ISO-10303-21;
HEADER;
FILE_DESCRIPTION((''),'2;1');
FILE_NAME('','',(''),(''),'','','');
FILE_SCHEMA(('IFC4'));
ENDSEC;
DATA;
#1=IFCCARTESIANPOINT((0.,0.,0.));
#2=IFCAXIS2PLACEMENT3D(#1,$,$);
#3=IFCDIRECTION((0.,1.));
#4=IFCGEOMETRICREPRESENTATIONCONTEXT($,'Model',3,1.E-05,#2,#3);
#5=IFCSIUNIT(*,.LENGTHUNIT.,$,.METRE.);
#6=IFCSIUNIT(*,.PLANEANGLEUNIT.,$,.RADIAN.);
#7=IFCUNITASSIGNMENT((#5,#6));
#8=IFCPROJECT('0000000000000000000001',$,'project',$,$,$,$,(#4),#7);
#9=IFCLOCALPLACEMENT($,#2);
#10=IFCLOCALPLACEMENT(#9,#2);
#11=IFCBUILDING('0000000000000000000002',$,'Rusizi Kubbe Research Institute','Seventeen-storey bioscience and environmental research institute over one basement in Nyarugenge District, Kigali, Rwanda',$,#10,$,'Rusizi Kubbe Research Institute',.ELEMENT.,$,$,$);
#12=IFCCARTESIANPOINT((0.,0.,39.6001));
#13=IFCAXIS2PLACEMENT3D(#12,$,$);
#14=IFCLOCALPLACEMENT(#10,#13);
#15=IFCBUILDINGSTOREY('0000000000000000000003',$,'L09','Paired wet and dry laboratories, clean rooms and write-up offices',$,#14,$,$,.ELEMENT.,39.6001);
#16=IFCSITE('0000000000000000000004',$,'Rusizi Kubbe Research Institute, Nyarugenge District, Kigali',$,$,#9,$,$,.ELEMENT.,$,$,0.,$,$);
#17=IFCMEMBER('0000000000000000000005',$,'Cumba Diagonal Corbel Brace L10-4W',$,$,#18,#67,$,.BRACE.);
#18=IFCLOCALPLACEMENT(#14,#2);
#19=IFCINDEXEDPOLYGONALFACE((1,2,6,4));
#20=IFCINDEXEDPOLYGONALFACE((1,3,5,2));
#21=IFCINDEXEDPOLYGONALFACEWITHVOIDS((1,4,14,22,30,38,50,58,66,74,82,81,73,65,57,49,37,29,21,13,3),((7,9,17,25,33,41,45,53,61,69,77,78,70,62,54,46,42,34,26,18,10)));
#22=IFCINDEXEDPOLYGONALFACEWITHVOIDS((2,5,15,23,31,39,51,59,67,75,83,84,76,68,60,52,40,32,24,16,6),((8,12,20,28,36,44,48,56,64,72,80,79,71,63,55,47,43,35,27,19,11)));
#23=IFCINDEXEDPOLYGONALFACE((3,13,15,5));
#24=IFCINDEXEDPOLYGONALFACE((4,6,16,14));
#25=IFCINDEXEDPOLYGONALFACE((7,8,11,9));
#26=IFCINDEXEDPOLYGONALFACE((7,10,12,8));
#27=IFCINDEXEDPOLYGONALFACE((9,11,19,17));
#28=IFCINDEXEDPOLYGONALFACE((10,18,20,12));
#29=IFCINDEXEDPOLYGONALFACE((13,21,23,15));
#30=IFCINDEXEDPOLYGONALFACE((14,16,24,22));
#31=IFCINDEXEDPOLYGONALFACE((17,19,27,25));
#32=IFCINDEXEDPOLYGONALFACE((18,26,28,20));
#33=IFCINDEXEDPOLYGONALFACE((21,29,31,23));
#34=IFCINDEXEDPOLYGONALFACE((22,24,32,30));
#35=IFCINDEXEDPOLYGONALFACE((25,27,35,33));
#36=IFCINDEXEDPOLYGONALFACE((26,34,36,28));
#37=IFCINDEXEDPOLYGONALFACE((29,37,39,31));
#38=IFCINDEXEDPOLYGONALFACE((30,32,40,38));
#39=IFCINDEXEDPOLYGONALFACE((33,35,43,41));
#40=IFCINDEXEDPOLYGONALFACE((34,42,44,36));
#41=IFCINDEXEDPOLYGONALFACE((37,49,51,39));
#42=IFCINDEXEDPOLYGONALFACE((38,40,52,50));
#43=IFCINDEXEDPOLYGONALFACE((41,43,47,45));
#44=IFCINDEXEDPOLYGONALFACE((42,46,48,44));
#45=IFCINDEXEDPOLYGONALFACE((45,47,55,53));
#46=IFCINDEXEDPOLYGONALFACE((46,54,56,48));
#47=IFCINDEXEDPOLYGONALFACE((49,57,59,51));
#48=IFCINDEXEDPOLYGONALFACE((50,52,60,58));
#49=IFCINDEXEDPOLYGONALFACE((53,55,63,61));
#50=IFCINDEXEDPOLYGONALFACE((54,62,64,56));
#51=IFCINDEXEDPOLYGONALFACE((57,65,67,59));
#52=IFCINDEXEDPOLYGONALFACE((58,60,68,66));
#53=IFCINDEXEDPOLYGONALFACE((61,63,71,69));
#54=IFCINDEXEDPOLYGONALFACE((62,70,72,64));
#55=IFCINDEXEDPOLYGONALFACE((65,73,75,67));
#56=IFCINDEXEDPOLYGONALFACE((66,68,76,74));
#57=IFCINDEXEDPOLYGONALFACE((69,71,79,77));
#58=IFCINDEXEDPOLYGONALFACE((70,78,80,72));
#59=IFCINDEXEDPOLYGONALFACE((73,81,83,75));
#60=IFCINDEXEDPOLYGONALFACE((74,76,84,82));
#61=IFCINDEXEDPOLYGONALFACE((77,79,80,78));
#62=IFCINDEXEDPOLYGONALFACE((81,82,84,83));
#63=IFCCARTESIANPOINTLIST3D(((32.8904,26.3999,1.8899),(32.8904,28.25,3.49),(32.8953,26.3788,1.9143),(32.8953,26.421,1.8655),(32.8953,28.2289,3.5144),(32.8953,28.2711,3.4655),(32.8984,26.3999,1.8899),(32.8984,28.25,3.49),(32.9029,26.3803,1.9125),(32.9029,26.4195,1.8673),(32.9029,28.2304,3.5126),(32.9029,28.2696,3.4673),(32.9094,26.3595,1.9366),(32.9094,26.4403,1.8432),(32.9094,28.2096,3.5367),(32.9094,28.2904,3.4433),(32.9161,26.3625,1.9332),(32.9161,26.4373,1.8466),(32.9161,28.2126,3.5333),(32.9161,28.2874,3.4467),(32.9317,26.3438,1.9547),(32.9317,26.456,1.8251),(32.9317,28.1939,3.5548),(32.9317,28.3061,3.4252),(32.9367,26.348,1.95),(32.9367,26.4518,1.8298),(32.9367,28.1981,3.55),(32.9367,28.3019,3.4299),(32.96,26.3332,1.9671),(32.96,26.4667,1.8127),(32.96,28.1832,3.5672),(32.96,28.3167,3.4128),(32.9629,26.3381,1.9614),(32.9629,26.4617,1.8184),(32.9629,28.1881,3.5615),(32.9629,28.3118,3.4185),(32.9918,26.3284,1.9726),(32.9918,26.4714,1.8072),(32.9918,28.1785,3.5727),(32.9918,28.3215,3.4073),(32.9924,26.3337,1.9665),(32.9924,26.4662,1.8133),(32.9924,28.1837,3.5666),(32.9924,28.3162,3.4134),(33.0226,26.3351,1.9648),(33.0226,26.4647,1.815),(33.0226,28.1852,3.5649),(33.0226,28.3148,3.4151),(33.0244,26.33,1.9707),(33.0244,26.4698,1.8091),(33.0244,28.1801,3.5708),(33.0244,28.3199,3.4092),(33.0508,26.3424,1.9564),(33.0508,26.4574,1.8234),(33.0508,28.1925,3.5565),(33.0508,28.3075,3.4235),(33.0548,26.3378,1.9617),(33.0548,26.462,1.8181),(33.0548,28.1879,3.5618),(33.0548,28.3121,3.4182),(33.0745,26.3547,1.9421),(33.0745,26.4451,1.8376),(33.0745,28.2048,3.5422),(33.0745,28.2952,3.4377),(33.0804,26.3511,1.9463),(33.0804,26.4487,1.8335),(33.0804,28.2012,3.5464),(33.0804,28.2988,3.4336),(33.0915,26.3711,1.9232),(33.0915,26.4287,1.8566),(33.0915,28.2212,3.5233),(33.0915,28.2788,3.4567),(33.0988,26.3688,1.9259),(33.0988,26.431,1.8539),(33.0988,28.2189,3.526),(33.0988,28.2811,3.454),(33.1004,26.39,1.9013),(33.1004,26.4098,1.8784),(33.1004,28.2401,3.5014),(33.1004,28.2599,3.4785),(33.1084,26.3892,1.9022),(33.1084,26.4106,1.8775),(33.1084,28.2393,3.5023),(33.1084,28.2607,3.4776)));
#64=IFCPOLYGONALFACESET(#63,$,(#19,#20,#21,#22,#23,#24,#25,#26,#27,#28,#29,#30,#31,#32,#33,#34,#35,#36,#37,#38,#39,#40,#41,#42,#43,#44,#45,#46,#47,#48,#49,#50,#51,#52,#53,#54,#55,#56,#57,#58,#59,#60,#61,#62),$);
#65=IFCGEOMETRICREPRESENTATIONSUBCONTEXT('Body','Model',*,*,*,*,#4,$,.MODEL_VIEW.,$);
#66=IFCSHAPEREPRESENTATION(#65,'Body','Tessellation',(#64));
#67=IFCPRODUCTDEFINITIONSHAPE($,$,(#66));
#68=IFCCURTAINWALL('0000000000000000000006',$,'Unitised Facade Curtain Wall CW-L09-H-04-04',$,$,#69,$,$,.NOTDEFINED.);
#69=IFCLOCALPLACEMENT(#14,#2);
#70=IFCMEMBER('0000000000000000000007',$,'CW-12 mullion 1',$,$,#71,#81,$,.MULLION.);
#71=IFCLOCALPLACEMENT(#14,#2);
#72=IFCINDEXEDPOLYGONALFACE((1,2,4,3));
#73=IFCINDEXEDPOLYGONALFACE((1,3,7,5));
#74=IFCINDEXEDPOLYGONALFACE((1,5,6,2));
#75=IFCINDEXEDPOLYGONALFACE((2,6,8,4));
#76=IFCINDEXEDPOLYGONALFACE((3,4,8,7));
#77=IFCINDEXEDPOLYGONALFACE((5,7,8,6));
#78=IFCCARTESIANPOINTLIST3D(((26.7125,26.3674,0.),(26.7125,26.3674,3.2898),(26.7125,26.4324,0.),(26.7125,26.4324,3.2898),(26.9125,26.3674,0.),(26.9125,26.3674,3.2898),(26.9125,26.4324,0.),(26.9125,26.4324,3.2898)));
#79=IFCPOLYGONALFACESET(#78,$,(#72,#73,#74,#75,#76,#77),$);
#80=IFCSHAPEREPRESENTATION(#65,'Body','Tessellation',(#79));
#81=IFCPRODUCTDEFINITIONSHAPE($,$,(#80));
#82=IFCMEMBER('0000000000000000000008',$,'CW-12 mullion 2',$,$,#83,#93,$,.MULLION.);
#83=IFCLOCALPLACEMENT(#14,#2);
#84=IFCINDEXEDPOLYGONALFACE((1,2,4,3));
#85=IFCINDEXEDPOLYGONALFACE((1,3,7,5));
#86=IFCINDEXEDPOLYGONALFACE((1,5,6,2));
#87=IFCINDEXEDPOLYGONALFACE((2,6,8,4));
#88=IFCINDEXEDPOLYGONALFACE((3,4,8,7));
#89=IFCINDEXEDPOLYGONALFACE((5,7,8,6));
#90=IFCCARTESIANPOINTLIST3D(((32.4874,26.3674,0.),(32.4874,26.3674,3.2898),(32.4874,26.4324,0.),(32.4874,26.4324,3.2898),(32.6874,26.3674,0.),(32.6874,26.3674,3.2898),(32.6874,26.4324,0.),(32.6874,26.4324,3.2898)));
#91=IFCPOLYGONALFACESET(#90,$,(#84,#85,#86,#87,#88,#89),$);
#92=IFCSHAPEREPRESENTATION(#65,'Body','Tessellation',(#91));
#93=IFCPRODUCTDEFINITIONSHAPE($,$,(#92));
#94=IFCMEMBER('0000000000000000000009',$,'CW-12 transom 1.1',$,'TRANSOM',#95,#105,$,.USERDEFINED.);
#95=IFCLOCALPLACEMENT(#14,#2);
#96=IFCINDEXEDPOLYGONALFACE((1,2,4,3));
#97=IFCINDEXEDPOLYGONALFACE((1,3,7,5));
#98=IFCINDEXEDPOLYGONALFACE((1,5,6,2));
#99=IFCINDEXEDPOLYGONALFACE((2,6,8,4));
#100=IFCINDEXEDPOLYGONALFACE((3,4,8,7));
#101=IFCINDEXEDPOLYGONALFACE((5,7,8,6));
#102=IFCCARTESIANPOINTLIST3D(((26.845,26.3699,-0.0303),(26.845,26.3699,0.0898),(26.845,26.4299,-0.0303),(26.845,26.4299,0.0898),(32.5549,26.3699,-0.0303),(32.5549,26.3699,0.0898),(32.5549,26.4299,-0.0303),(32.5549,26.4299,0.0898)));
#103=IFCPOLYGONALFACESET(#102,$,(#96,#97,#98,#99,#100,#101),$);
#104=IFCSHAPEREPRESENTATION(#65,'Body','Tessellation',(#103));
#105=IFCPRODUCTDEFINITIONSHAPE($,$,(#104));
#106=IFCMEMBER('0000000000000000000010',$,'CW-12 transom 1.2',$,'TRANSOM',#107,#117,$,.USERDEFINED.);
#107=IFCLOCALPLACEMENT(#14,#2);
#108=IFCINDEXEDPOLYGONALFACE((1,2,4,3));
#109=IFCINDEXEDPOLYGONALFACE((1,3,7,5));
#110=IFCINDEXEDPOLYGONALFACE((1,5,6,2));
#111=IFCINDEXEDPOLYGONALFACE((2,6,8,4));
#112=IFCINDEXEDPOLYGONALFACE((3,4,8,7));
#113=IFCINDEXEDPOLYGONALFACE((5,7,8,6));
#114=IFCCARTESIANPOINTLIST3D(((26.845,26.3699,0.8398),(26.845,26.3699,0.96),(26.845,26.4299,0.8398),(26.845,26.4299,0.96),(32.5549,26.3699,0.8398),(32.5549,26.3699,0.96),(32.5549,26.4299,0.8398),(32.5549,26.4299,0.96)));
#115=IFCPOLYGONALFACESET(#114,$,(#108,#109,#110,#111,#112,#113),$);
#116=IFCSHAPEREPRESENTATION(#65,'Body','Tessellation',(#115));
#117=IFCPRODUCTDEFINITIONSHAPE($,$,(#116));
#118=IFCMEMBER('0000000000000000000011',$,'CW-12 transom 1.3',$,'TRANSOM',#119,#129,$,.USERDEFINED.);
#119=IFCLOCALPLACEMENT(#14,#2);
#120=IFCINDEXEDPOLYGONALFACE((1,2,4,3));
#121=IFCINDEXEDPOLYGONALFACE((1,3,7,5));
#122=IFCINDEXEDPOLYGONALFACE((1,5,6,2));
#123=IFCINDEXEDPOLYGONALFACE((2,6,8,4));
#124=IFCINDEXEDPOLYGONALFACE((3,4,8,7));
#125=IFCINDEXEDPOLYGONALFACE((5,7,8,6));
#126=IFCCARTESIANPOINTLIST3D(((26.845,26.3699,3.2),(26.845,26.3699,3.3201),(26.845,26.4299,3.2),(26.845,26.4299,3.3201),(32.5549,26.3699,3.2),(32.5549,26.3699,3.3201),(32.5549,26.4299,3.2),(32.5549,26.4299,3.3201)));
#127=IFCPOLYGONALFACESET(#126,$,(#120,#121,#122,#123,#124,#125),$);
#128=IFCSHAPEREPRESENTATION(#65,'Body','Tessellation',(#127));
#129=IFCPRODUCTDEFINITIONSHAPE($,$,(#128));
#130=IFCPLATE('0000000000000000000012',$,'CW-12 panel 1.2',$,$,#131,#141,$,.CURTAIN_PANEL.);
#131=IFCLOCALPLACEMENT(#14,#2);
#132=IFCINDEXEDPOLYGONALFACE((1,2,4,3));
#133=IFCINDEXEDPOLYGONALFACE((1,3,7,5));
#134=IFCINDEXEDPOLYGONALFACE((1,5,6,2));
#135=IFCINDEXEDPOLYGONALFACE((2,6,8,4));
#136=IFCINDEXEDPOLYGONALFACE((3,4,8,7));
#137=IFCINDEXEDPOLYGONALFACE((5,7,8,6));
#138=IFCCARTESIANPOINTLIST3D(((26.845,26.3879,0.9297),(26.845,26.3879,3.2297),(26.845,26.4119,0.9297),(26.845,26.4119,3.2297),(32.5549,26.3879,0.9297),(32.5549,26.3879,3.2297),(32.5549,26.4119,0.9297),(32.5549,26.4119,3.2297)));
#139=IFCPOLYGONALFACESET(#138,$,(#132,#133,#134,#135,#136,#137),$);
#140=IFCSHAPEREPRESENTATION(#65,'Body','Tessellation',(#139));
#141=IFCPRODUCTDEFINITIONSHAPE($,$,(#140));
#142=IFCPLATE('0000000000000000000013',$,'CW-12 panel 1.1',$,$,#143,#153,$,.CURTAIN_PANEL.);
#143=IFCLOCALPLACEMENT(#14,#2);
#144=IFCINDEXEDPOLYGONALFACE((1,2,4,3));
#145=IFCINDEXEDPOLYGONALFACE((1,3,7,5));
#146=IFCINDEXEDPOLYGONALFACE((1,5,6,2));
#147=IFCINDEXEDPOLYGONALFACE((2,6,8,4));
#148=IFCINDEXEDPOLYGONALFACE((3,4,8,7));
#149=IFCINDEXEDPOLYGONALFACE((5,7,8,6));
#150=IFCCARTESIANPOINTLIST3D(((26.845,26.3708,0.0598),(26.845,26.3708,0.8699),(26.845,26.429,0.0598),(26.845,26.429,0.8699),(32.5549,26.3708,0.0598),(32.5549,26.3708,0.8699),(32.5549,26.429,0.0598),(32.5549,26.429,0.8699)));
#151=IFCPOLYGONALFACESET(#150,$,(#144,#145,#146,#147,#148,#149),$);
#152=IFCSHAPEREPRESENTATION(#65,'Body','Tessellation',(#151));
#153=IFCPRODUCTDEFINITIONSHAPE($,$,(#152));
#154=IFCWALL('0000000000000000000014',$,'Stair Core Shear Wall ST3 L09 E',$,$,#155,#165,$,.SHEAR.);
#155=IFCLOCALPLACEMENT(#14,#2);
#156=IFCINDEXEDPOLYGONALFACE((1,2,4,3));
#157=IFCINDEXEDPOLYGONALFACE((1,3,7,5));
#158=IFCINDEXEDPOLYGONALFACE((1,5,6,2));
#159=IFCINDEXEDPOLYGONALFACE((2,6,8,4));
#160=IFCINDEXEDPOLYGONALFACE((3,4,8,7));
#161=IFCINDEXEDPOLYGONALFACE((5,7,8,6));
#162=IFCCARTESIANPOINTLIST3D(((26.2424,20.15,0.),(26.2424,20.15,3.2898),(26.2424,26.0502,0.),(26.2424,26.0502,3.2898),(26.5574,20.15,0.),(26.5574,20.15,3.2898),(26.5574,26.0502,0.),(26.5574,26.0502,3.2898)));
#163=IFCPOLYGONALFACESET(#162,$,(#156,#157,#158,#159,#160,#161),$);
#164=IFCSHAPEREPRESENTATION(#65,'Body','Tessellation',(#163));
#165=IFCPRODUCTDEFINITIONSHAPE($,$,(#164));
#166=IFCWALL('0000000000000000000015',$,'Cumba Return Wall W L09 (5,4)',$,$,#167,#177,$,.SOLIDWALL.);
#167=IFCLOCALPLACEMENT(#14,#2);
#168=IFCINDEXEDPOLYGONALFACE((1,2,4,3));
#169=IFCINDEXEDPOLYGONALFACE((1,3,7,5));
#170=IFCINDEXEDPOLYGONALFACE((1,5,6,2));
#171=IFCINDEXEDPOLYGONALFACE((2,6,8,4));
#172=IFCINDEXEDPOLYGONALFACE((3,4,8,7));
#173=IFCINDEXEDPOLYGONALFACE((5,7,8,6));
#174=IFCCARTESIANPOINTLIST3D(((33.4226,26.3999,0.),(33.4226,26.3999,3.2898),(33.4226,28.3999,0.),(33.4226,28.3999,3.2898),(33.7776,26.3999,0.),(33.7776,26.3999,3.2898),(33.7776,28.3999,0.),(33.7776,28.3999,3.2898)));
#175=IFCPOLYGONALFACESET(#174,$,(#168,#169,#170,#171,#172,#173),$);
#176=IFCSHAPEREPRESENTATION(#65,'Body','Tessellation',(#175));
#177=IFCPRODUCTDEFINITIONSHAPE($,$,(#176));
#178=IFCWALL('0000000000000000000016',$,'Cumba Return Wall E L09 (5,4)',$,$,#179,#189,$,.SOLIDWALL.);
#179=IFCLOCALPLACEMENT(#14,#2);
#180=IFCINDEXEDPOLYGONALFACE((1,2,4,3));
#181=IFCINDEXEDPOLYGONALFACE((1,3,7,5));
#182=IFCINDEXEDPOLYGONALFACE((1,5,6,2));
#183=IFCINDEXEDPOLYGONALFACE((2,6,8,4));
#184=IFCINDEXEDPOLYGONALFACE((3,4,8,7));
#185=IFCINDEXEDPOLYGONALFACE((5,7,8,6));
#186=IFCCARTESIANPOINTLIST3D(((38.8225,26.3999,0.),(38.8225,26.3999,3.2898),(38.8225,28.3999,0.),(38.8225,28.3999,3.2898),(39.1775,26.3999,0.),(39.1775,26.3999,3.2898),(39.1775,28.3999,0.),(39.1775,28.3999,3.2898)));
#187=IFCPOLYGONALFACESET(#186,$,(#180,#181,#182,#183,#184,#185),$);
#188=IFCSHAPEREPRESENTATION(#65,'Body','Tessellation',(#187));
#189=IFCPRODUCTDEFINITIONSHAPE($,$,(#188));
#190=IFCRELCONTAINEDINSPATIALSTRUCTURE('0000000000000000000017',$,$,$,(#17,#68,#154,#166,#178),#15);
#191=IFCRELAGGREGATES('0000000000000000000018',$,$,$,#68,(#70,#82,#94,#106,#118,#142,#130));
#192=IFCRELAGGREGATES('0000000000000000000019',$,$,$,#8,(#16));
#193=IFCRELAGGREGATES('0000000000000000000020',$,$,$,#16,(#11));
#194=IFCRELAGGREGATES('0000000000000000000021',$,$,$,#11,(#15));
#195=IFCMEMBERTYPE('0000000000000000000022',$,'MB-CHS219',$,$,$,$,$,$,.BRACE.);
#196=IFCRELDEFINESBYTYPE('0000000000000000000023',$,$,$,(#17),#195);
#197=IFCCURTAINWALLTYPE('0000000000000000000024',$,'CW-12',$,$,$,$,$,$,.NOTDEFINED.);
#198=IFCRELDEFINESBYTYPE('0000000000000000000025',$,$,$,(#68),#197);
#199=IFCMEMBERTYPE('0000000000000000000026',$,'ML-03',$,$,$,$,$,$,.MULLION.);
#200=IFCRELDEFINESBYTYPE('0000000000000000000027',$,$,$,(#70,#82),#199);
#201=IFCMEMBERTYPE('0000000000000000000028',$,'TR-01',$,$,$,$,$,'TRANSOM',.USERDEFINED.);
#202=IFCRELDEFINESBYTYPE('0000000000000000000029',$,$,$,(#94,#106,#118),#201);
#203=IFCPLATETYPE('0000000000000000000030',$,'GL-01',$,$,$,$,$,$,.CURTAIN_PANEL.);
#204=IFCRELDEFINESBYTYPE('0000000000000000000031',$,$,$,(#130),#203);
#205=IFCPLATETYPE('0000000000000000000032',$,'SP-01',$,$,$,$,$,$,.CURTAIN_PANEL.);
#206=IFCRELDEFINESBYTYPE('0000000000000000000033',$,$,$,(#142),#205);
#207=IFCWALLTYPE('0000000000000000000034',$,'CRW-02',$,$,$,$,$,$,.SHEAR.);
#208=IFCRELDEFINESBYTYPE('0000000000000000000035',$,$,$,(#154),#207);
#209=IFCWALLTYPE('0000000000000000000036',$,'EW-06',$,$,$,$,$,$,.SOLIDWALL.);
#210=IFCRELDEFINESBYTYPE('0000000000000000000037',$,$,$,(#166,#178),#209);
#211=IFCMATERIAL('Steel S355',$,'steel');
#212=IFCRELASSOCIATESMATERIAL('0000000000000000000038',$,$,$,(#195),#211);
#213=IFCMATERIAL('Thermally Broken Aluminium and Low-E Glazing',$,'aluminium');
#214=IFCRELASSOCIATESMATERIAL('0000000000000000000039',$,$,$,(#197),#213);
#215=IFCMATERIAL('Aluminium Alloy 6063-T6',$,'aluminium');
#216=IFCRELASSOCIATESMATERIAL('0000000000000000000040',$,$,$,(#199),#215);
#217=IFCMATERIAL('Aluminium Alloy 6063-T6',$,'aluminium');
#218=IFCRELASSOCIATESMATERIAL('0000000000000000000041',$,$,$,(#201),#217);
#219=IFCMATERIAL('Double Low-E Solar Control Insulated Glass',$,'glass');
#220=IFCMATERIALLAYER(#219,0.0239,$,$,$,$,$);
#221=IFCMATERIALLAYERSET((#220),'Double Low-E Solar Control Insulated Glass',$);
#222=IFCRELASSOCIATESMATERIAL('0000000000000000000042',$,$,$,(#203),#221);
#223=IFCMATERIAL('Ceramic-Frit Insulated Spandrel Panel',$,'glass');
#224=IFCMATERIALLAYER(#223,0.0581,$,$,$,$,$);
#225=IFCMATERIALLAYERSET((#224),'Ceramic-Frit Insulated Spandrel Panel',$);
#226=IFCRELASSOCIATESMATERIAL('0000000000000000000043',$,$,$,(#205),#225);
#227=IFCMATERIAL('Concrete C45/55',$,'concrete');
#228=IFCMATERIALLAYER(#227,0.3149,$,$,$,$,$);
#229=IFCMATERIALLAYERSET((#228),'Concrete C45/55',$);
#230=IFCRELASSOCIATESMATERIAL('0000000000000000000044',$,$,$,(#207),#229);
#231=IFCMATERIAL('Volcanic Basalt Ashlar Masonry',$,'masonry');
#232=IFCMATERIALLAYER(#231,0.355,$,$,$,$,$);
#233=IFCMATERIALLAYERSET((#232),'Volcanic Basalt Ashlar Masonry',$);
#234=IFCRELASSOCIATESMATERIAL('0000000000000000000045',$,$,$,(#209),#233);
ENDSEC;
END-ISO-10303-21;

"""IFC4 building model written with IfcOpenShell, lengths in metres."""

from ifc_helpers import new_model, si_unit, direction, frame, frame_2d, origin, origin_2d, place, context, subcontext, project, spatial, rectangle, hollow_circle, extrude, material, layer, layer_set, material_profile, profile_set, type_object, element, aggregate, save


model = new_model("IFC4")

# Units and contexts
model_context = context("Model", 3, precision=1e-05, world=origin(), true_north=direction((0.0, 1.0)))
body_context = subcontext(model_context, "Body", "Model", "MODEL_VIEW")
ifc_project = project(units=[si_unit("LENGTHUNIT", "METRE"), si_unit("PLANEANGLEUNIT", "RADIAN")], contexts=[model_context])

# Site, building, storey
site_placement = place(None, origin())
site = spatial("IfcSite", under=ifc_project, at=site_placement, Name="Rusizi Kubbe Research Institute, Nyarugenge District, Kigali", CompositionType="ELEMENT", RefElevation=0.0)
building_placement = place(site_placement, origin())
building = spatial("IfcBuilding", under=site, at=building_placement, Name="Rusizi Kubbe Research Institute", Description="Seventeen-storey bioscience and environmental research institute over one basement in Nyarugenge District, Kigali, Rwanda", LongName="Rusizi Kubbe Research Institute", CompositionType="ELEMENT")
storey_placement = place(building_placement, frame((0.0, 0.0, 39.6001)))
storey = spatial("IfcBuildingStorey", under=building, at=storey_placement, Name="L09", Description="Paired wet and dry laboratories, clean rooms and write-up offices", CompositionType="ELEMENT", Elevation=39.6001)

# Member
ifc_material_1 = material(Name="Steel S355", Category="steel")
ifc_material_profile_1 = material_profile(ifc_material_1, hollow_circle(Radius=0.1096, WallThickness=0.0081, at=origin_2d()), Name="CHS 219.1x8.0")
ifc_profile_set_1 = profile_set([ifc_material_profile_1], Name="Steel S355")
member_type_1 = type_object("IfcMemberType", Name="MB-CHS219", PredefinedType="BRACE", material=ifc_profile_set_1)
member_1_placement = place(storey_placement, frame((33.0, 26.3999, 1.8899), z_axis=(0.0, 0.756361, 0.654155), x_axis=(-1.0, 0.0, 0.0)))
element("IfcMember", 1, at=member_1_placement, inside=storey, type_object=member_type_1, Name="Cumba Diagonal Corbel Brace L10-4W", PredefinedType="BRACE", context=body_context, shape_type="SweptSolid", body=[
    extrude(hollow_circle(Radius=0.1096, WallThickness=0.0081, at=origin_2d()), origin(), (0.0, 0.0, 1.0), 2.446),
])

# Curtain wall, members, plates
ifc_material_2 = material(Name="Thermally Broken Aluminium and Low-E Glazing", Category="aluminium")
curtain_wall_type = type_object("IfcCurtainWallType", Name="CW-12", PredefinedType="NOTDEFINED", material=ifc_material_2)
curtain_wall_placement = place(storey_placement, origin())
curtain_wall = element("IfcCurtainWall", 2, at=curtain_wall_placement, inside=storey, type_object=curtain_wall_type, Name="Unitised Facade Curtain Wall CW-L09-H-04-04", PredefinedType="NOTDEFINED")
ifc_material_3 = material(Name="Aluminium Alloy 6063-T6", Category="aluminium")
ifc_material_profile_2 = material_profile(ifc_material_3, rectangle(XDim=0.0649, YDim=0.2, at=origin_2d()), Name="ALU-M 65x200")
ifc_profile_set_2 = profile_set([ifc_material_profile_2], Name="Aluminium Alloy 6063-T6")
member_type_2 = type_object("IfcMemberType", Name="ML-03", PredefinedType="MULLION", material=ifc_profile_set_2)
member_2_placement = place(storey_placement, frame((26.8125, 26.3999, 0.0), z_axis=(0.0, 0.0, 1.0), x_axis=(0.0, 1.0, 0.0)))
member_2 = element("IfcMember", 3, at=member_2_placement, type_object=member_type_2, Name="CW-12 mullion 1", PredefinedType="MULLION", context=body_context, shape_type="SweptSolid", body=[
    extrude(rectangle(XDim=0.0649, YDim=0.2, at=origin_2d()), origin(), (0.0, 0.0, 1.0), 3.2898),
])
member_3_placement = place(storey_placement, frame((32.5874, 26.3999, 0.0), z_axis=(0.0, 0.0, 1.0), x_axis=(0.0, 1.0, 0.0)))
member_3 = element("IfcMember", 4, at=member_3_placement, type_object=member_type_2, Name="CW-12 mullion 2", PredefinedType="MULLION", context=body_context, shape_type="SweptSolid", body=[
    extrude(rectangle(XDim=0.0649, YDim=0.2, at=origin_2d()), origin(), (0.0, 0.0, 1.0), 3.2898),
])
ifc_material_4 = material(Name="Aluminium Alloy 6063-T6", Category="aluminium")
ifc_material_profile_3 = material_profile(ifc_material_4, rectangle(XDim=0.0601, YDim=0.1201, at=origin_2d()), Name="ALU-T 60x120")
ifc_profile_set_3 = profile_set([ifc_material_profile_3], Name="Aluminium Alloy 6063-T6")
member_type_3 = type_object("IfcMemberType", Name="TR-01", ElementType="TRANSOM", PredefinedType="USERDEFINED", material=ifc_profile_set_3)
member_4_placement = place(storey_placement, frame((26.845, 26.3999, 0.0298), z_axis=(1.0, 0.0, 0.0), x_axis=(0.0, 1.0, 0.0)))
member_4 = element("IfcMember", 5, at=member_4_placement, type_object=member_type_3, Name="CW-12 transom 1.1", ObjectType="TRANSOM", PredefinedType="USERDEFINED", context=body_context, shape_type="SweptSolid", body=[
    extrude(rectangle(XDim=0.0601, YDim=0.1201, at=origin_2d()), origin(), (0.0, 0.0, 1.0), 5.71),
])
member_5_placement = place(storey_placement, frame((26.845, 26.3999, 0.8999), z_axis=(1.0, 0.0, 0.0), x_axis=(0.0, 1.0, 0.0)))
member_5 = element("IfcMember", 6, at=member_5_placement, type_object=member_type_3, Name="CW-12 transom 1.2", ObjectType="TRANSOM", PredefinedType="USERDEFINED", context=body_context, shape_type="SweptSolid", body=[
    extrude(rectangle(XDim=0.0601, YDim=0.1201, at=origin_2d()), origin(), (0.0, 0.0, 1.0), 5.71),
])
member_6_placement = place(storey_placement, frame((26.845, 26.3999, 3.26), z_axis=(1.0, 0.0, 0.0), x_axis=(0.0, 1.0, 0.0)))
member_6 = element("IfcMember", 7, at=member_6_placement, type_object=member_type_3, Name="CW-12 transom 1.3", ObjectType="TRANSOM", PredefinedType="USERDEFINED", context=body_context, shape_type="SweptSolid", body=[
    extrude(rectangle(XDim=0.0601, YDim=0.1201, at=origin_2d()), origin(), (0.0, 0.0, 1.0), 5.71),
])
ifc_material_5 = material(Name="Double Low-E Solar Control Insulated Glass", Category="glass")
ifc_layer_1 = layer(ifc_material_5, 0.0239)
ifc_layer_set_1 = layer_set([ifc_layer_1], Name="Double Low-E Solar Control Insulated Glass")
plate_type_1 = type_object("IfcPlateType", Name="GL-01", PredefinedType="CURTAIN_PANEL", material=ifc_layer_set_1)
plate_1_placement = place(storey_placement, frame((29.7, 26.3999, 0.9297), z_axis=(0.0, 0.0, 1.0), x_axis=(1.0, 0.0, 0.0)))
plate_1 = element("IfcPlate", 8, at=plate_1_placement, type_object=plate_type_1, Name="CW-12 panel 1.2", PredefinedType="CURTAIN_PANEL", context=body_context, shape_type="SweptSolid", body=[
    extrude(rectangle(XDim=5.71, YDim=0.0239, at=origin_2d()), origin(), (0.0, 0.0, 1.0), 2.3),
])
ifc_material_6 = material(Name="Ceramic-Frit Insulated Spandrel Panel", Category="glass")
ifc_layer_2 = layer(ifc_material_6, 0.0581)
ifc_layer_set_2 = layer_set([ifc_layer_2], Name="Ceramic-Frit Insulated Spandrel Panel")
plate_type_2 = type_object("IfcPlateType", Name="SP-01", PredefinedType="CURTAIN_PANEL", material=ifc_layer_set_2)
plate_2_placement = place(storey_placement, frame((29.7, 26.3999, 0.0598), z_axis=(0.0, 0.0, 1.0), x_axis=(1.0, 0.0, 0.0)))
plate_2 = element("IfcPlate", 9, at=plate_2_placement, type_object=plate_type_2, Name="CW-12 panel 1.1", PredefinedType="CURTAIN_PANEL", context=body_context, shape_type="SweptSolid", body=[
    extrude(rectangle(XDim=5.71, YDim=0.0581, at=origin_2d()), origin(), (0.0, 0.0, 1.0), 0.8101),
])
aggregate(curtain_wall, [member_2, member_3, member_4, member_5, member_6, plate_2, plate_1])

# Walls
ifc_material_7 = material(Name="Concrete C45/55", Category="concrete")
ifc_layer_3 = layer(ifc_material_7, 0.3149)
ifc_layer_set_3 = layer_set([ifc_layer_3], Name="Concrete C45/55")
wall_type_1 = type_object("IfcWallType", Name="CRW-02", PredefinedType="SHEAR", material=ifc_layer_set_3)
wall_1_placement = place(storey_placement, frame((26.3999, 20.1499, 0.0), z_axis=(0.0, 0.0, 1.0), x_axis=(0.0, 1.0, 0.0)))
element("IfcWall", 10, at=wall_1_placement, inside=storey, type_object=wall_type_1, Name="Stair Core Shear Wall ST3 L09 E", PredefinedType="SHEAR", context=body_context, shape_type="SweptSolid", body=[
    extrude(rectangle(XDim=5.9001, YDim=0.3149, at=frame_2d((2.9502, 0.0))), origin(), (0.0, 0.0, 1.0), 3.2898),
])
ifc_material_8 = material(Name="Volcanic Basalt Ashlar Masonry", Category="masonry")
ifc_layer_4 = layer(ifc_material_8, 0.355)
ifc_layer_set_4 = layer_set([ifc_layer_4], Name="Volcanic Basalt Ashlar Masonry")
wall_type_2 = type_object("IfcWallType", Name="EW-06", PredefinedType="SOLIDWALL", material=ifc_layer_set_4)
for number, where, z_axis, x_axis, name in (
    (11, (33.6001, 26.3999, 0.0), (0.0, 0.0, 1.0), (0.0, 1.0, 0.0), "Cumba Return Wall W L09 (5,4)"),
    (12, (39.0, 26.3999, 0.0), (0.0, 0.0, 1.0), (0.0, 1.0, 0.0), "Cumba Return Wall E L09 (5,4)"),
):
    element("IfcWall", number, at=place(storey_placement, frame(where, z_axis=z_axis, x_axis=x_axis)), inside=storey, type_object=wall_type_2, Name=name, PredefinedType="SOLIDWALL", context=body_context, shape_type="SweptSolid", body=[
        extrude(rectangle(XDim=2.0, YDim=0.355, at=frame_2d((1.0, 0.0))), origin(), (0.0, 0.0, 1.0), 3.2898),
    ])

save(model, "model.ifc")
